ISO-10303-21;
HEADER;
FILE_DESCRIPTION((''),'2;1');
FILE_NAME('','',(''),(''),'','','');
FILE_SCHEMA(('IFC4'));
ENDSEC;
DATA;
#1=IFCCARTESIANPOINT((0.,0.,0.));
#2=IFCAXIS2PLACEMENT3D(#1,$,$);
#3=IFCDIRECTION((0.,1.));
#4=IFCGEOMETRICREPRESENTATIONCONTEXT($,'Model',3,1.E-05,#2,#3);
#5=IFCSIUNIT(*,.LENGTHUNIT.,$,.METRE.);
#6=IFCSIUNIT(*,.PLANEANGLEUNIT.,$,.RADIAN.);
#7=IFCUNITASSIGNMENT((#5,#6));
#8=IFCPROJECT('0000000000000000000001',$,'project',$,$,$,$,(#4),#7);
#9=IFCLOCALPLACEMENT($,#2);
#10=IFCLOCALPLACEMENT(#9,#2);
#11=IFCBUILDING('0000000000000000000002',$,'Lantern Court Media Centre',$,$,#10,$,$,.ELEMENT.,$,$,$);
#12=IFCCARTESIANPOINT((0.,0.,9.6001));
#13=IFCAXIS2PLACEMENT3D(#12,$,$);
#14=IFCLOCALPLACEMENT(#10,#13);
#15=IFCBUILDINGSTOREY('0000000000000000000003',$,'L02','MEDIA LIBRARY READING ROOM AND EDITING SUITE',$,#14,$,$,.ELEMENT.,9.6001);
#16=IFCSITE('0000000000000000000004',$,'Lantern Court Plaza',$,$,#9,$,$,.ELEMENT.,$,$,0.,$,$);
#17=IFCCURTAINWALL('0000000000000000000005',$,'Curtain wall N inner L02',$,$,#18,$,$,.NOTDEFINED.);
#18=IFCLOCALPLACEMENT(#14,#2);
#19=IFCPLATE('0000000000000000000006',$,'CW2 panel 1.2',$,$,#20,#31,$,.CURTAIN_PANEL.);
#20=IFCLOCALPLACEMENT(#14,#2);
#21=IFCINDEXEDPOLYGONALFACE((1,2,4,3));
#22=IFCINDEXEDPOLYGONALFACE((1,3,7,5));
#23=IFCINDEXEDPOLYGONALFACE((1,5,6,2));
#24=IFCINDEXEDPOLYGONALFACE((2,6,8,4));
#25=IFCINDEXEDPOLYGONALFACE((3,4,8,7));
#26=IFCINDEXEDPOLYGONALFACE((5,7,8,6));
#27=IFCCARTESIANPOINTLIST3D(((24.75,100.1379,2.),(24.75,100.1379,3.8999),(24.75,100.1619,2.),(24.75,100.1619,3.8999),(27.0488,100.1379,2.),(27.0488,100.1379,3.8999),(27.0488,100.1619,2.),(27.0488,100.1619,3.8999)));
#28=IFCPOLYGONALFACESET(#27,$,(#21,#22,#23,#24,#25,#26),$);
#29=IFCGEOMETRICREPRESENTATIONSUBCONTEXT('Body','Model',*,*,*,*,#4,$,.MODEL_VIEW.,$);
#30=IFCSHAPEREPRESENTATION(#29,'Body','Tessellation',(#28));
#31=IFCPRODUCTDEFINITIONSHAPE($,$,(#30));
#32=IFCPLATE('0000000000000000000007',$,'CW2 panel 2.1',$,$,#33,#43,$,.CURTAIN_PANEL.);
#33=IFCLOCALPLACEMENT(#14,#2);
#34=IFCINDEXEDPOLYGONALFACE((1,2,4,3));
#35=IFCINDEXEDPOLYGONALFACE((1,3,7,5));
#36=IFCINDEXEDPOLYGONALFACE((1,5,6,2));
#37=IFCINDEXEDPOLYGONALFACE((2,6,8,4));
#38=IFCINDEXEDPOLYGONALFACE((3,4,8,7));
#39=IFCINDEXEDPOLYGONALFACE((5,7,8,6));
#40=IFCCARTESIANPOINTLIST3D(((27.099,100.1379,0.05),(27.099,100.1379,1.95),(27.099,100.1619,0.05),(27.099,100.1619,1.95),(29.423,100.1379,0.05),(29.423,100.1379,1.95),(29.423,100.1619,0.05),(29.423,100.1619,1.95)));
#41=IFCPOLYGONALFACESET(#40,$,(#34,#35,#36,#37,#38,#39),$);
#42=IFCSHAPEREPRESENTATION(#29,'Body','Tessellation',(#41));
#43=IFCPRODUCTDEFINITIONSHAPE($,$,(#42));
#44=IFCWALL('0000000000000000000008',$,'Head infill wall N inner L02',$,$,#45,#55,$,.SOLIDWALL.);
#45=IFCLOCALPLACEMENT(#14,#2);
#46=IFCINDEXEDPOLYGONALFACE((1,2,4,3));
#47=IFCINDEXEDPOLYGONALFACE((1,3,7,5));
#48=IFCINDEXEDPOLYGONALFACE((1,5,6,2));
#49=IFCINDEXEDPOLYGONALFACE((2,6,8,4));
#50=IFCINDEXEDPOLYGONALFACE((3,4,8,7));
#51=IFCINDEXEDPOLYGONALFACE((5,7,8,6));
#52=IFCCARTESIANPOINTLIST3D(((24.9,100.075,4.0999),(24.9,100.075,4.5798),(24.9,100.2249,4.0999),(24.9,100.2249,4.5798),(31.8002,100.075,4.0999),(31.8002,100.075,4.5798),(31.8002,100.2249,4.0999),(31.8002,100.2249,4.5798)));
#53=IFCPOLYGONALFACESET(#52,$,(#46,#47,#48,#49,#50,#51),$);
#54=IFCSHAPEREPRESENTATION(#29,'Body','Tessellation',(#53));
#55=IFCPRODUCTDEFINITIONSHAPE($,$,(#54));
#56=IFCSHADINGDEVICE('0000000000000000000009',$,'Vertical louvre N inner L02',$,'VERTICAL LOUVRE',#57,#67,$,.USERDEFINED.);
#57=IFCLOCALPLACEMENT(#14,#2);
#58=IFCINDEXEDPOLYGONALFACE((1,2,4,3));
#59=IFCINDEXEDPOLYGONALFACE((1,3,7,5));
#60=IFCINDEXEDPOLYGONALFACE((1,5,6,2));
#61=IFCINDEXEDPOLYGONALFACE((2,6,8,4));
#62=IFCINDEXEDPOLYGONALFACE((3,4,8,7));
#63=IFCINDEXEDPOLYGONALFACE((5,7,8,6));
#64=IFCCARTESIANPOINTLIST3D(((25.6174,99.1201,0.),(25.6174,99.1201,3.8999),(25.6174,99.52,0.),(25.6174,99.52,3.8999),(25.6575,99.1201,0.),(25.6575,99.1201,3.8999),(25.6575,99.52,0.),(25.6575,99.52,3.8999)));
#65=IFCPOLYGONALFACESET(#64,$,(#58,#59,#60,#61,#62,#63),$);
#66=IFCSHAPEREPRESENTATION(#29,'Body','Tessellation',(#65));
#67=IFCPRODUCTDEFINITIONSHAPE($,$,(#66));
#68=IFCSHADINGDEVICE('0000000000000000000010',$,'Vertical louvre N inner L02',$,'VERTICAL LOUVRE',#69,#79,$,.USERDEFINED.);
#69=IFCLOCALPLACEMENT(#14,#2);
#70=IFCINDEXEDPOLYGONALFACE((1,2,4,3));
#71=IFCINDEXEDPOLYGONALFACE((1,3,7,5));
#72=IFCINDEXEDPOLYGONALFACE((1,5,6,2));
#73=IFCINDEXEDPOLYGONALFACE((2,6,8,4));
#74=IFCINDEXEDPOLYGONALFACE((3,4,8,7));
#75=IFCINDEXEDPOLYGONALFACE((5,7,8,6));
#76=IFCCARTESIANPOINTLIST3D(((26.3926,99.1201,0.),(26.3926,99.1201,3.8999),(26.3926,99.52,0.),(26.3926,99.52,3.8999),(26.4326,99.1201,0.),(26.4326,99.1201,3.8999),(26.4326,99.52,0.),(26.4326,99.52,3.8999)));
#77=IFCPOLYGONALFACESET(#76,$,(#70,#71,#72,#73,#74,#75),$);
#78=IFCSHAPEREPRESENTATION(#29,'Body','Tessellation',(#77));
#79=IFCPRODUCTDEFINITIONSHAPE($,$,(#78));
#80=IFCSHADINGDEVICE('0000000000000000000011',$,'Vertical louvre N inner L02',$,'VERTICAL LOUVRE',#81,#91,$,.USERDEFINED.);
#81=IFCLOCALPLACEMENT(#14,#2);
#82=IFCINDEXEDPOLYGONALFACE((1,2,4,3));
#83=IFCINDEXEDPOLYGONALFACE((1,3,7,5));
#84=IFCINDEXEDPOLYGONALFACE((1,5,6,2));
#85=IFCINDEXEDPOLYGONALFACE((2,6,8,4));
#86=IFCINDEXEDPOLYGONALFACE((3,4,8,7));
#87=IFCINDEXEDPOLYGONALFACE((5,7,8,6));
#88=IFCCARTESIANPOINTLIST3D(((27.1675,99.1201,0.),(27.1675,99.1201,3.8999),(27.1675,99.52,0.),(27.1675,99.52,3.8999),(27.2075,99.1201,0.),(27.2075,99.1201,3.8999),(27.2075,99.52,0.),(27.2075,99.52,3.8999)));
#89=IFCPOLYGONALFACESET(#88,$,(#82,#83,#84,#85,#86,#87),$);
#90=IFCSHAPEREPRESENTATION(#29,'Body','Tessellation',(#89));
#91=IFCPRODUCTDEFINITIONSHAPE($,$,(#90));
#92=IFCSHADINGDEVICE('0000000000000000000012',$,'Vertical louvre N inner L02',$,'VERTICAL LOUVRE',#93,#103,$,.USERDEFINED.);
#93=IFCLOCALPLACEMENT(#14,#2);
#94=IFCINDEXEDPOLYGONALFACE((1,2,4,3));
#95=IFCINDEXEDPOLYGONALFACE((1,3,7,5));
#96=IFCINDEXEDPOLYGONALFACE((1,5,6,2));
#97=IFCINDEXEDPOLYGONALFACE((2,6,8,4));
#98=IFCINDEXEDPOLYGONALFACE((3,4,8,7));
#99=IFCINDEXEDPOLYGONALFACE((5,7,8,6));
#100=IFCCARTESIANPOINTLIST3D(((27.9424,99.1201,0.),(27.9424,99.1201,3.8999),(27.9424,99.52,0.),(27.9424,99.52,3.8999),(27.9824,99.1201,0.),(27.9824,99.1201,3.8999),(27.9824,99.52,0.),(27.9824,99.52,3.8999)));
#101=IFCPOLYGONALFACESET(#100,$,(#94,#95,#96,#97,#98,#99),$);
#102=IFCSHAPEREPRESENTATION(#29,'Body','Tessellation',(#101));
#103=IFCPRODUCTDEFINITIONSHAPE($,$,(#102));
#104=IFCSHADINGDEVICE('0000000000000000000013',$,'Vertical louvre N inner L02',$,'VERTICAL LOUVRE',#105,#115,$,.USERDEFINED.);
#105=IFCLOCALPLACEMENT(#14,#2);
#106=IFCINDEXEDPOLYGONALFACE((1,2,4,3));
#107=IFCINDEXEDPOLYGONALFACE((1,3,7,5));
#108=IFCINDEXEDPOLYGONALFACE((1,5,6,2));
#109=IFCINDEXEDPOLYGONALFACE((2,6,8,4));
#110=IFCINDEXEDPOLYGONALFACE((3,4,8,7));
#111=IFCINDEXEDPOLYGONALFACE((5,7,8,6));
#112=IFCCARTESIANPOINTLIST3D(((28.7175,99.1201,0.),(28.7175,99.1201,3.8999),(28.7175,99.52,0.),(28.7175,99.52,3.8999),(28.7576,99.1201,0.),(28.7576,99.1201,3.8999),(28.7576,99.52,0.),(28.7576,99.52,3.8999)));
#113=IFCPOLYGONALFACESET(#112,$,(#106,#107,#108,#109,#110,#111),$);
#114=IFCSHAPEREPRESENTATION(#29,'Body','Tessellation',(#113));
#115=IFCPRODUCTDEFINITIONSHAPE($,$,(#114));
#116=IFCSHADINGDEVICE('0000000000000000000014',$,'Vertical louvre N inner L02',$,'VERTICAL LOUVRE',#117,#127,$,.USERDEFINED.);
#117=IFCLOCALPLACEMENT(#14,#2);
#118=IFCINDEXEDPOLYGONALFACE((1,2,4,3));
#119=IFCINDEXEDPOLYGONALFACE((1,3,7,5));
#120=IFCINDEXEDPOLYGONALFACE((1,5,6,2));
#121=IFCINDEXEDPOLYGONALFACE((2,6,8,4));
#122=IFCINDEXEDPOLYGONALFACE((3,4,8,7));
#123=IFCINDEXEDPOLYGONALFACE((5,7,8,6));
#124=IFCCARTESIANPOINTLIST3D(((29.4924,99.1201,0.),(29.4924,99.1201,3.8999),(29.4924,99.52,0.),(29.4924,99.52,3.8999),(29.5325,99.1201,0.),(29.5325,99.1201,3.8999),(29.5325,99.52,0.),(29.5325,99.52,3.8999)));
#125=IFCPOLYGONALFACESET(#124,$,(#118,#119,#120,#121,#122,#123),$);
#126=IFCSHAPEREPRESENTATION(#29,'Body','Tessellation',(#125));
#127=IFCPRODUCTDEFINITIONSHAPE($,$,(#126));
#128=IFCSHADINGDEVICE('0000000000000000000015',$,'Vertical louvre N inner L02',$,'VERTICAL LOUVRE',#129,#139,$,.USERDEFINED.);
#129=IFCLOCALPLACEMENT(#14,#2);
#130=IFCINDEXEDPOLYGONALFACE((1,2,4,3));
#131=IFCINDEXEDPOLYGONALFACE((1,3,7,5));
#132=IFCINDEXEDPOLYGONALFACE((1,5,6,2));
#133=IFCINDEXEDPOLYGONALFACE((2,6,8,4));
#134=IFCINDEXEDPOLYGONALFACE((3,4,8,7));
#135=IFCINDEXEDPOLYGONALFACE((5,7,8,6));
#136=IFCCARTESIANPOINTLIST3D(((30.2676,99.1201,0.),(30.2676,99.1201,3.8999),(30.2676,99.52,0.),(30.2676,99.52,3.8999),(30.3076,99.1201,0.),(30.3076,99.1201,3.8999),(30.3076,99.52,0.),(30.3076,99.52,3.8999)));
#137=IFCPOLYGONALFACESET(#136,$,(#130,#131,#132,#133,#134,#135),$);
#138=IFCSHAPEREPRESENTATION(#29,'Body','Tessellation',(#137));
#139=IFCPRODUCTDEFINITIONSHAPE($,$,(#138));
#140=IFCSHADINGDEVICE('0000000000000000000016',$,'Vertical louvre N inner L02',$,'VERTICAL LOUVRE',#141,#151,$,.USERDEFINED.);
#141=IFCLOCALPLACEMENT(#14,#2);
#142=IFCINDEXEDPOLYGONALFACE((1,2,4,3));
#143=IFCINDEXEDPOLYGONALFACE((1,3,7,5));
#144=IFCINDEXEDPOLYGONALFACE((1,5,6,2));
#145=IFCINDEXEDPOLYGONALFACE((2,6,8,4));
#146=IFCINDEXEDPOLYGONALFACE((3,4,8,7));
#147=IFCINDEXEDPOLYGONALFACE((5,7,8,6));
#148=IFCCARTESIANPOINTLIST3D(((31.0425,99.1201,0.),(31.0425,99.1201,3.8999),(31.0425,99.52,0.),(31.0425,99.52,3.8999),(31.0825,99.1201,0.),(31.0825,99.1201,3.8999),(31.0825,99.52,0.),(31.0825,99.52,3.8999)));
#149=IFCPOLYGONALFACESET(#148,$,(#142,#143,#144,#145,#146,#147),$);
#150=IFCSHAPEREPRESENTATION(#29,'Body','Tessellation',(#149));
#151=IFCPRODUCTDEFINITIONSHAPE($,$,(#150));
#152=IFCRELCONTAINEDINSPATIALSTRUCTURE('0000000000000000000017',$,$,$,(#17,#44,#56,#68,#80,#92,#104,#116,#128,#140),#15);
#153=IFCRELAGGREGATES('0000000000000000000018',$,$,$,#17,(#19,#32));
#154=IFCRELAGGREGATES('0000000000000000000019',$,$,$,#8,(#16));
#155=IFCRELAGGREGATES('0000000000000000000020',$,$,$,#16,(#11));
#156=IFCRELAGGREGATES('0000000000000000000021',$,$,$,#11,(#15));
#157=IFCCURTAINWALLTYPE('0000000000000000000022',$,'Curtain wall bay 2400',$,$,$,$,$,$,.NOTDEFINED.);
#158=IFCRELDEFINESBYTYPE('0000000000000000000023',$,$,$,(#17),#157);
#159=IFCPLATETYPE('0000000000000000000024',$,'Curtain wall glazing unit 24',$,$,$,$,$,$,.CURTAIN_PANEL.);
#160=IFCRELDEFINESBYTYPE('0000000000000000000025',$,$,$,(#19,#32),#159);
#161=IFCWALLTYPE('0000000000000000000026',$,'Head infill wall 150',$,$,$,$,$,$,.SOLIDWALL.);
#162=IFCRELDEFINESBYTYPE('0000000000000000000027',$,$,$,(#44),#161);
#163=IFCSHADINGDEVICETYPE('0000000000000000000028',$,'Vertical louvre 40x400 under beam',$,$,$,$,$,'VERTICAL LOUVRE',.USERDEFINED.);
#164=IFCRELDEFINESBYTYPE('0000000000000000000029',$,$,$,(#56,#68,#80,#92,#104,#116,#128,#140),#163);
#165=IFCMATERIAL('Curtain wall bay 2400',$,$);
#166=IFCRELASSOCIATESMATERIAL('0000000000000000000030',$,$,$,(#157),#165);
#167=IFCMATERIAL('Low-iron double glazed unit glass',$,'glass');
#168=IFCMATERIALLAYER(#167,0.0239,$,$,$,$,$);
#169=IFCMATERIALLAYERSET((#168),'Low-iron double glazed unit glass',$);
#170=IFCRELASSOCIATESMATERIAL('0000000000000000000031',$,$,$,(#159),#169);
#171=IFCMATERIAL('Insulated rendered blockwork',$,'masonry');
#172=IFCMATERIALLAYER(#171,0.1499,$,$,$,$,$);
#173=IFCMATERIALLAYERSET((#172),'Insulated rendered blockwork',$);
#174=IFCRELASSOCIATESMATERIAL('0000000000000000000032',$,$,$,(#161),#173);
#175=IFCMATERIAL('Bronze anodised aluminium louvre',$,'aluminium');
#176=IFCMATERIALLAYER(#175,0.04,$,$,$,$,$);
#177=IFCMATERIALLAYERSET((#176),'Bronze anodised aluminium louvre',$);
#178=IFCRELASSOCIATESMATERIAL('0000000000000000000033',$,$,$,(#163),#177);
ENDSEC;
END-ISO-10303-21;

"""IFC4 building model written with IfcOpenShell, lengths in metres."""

from ifc_helpers import new_model, si_unit, direction, frame, frame_2d, origin, origin_2d, place, context, subcontext, project, spatial, rectangle, extrude, material, layer, layer_set, type_object, element, aggregate, save


model = new_model("IFC4")

# Units and contexts
model_context = context("Model", 3, precision=1e-05, world=origin(), true_north=direction((0.0, 1.0)))
body_context = subcontext(model_context, "Body", "Model", "MODEL_VIEW")
ifc_project = project(units=[si_unit("LENGTHUNIT", "METRE"), si_unit("PLANEANGLEUNIT", "RADIAN")], contexts=[model_context])

# Site, building, storey
site_placement = place(None, origin())
site = spatial("IfcSite", under=ifc_project, at=site_placement, Name="Lantern Court Plaza", CompositionType="ELEMENT", RefElevation=0.0)
building_placement = place(site_placement, origin())
building = spatial("IfcBuilding", under=site, at=building_placement, Name="Lantern Court Media Centre", CompositionType="ELEMENT")
storey_placement = place(building_placement, frame((0.0, 0.0, 9.6001)))
storey = spatial("IfcBuildingStorey", under=building, at=storey_placement, Name="L02", Description="MEDIA LIBRARY READING ROOM AND EDITING SUITE", CompositionType="ELEMENT", Elevation=9.6001)

# Curtain wall
ifc_material_1 = material(Name="Curtain wall bay 2400")
curtain_wall_type = type_object("IfcCurtainWallType", Name="Curtain wall bay 2400", PredefinedType="NOTDEFINED", material=ifc_material_1)
curtain_wall_placement = place(storey_placement, origin())
curtain_wall = element("IfcCurtainWall", 1, at=curtain_wall_placement, inside=storey, type_object=curtain_wall_type, Name="Curtain wall N inner L02", PredefinedType="NOTDEFINED")

# Plates
ifc_material_2 = material(Name="Low-iron double glazed unit glass", Category="glass")
ifc_layer_1 = layer(ifc_material_2, 0.0239)
ifc_layer_set_1 = layer_set([ifc_layer_1], Name="Low-iron double glazed unit glass")
plate_type = type_object("IfcPlateType", Name="Curtain wall glazing unit 24", PredefinedType="CURTAIN_PANEL", material=ifc_layer_set_1)
plate_1_placement = place(storey_placement, frame((25.8994, 100.1499, 2.0), z_axis=(0.0, 0.0, 1.0), x_axis=(1.0, 0.0, 0.0)))
plate_1 = element("IfcPlate", 2, at=plate_1_placement, type_object=plate_type, Name="CW2 panel 1.2", PredefinedType="CURTAIN_PANEL", context=body_context, shape_type="SweptSolid", body=[
    extrude(rectangle(XDim=2.2988, YDim=0.0239, at=origin_2d()), origin(), (0.0, 0.0, 1.0), 1.8999),
])
plate_2_placement = place(storey_placement, frame((28.261, 100.1499, 0.05), z_axis=(0.0, 0.0, 1.0), x_axis=(1.0, 0.0, 0.0)))
plate_2 = element("IfcPlate", 3, at=plate_2_placement, type_object=plate_type, Name="CW2 panel 2.1", PredefinedType="CURTAIN_PANEL", context=body_context, shape_type="SweptSolid", body=[
    extrude(rectangle(XDim=2.324, YDim=0.0239, at=origin_2d()), origin(), (0.0, 0.0, 1.0), 1.8999),
])
aggregate(curtain_wall, [plate_1, plate_2])

# Wall
ifc_material_3 = material(Name="Insulated rendered blockwork", Category="masonry")
ifc_layer_2 = layer(ifc_material_3, 0.1499)
ifc_layer_set_2 = layer_set([ifc_layer_2], Name="Insulated rendered blockwork")
wall_type = type_object("IfcWallType", Name="Head infill wall 150", PredefinedType="SOLIDWALL", material=ifc_layer_set_2)
wall_placement = place(storey_placement, frame((24.8999, 100.1499, 4.0999), z_axis=(0.0, 0.0, 1.0), x_axis=(1.0, 0.0, 0.0)))
element("IfcWall", 4, at=wall_placement, inside=storey, type_object=wall_type, Name="Head infill wall N inner L02", PredefinedType="SOLIDWALL", context=body_context, shape_type="SweptSolid", body=[
    extrude(rectangle(XDim=6.9001, YDim=0.1499, at=frame_2d((3.4502, 0.0))), origin(), (0.0, 0.0, 1.0), 0.48),
])

# Shading devices
ifc_material_4 = material(Name="Bronze anodised aluminium louvre", Category="aluminium")
ifc_layer_3 = layer(ifc_material_4, 0.04)
ifc_layer_set_3 = layer_set([ifc_layer_3], Name="Bronze anodised aluminium louvre")
shading_device_type = type_object("IfcShadingDeviceType", Name="Vertical louvre 40x400 under beam", ElementType="VERTICAL LOUVRE", PredefinedType="USERDEFINED", material=ifc_layer_set_3)
for number, where, z_axis, x_axis, name in (
    (5, (25.6375, 99.3201, 0.0), (0.0, 0.0, 1.0), (1.0, 0.0, 0.0), "Vertical louvre N inner L02"),
    (6, (26.4126, 99.3201, 0.0), (0.0, 0.0, 1.0), (1.0, 0.0, 0.0), "Vertical louvre N inner L02"),
    (7, (27.1875, 99.3201, 0.0), (0.0, 0.0, 1.0), (1.0, 0.0, 0.0), "Vertical louvre N inner L02"),
    (8, (27.9624, 99.3201, 0.0), (0.0, 0.0, 1.0), (1.0, 0.0, 0.0), "Vertical louvre N inner L02"),
    (9, (28.7375, 99.3201, 0.0), (0.0, 0.0, 1.0), (1.0, 0.0, 0.0), "Vertical louvre N inner L02"),
    (10, (29.5125, 99.3201, 0.0), (0.0, 0.0, 1.0), (1.0, 0.0, 0.0), "Vertical louvre N inner L02"),
    (11, (30.2876, 99.3201, 0.0), (0.0, 0.0, 1.0), (1.0, 0.0, 0.0), "Vertical louvre N inner L02"),
    (12, (31.0625, 99.3201, 0.0), (0.0, 0.0, 1.0), (1.0, 0.0, 0.0), "Vertical louvre N inner L02"),
):
    element("IfcShadingDevice", number, at=place(storey_placement, frame(where, z_axis=z_axis, x_axis=x_axis)), inside=storey, type_object=shading_device_type, Name=name, ObjectType="VERTICAL LOUVRE", PredefinedType="USERDEFINED", context=body_context, shape_type="SweptSolid", body=[
        extrude(rectangle(XDim=0.04, YDim=0.3999, at=origin_2d()), origin(), (0.0, 0.0, 1.0), 3.8999),
    ])

save(model, "model.ifc")
